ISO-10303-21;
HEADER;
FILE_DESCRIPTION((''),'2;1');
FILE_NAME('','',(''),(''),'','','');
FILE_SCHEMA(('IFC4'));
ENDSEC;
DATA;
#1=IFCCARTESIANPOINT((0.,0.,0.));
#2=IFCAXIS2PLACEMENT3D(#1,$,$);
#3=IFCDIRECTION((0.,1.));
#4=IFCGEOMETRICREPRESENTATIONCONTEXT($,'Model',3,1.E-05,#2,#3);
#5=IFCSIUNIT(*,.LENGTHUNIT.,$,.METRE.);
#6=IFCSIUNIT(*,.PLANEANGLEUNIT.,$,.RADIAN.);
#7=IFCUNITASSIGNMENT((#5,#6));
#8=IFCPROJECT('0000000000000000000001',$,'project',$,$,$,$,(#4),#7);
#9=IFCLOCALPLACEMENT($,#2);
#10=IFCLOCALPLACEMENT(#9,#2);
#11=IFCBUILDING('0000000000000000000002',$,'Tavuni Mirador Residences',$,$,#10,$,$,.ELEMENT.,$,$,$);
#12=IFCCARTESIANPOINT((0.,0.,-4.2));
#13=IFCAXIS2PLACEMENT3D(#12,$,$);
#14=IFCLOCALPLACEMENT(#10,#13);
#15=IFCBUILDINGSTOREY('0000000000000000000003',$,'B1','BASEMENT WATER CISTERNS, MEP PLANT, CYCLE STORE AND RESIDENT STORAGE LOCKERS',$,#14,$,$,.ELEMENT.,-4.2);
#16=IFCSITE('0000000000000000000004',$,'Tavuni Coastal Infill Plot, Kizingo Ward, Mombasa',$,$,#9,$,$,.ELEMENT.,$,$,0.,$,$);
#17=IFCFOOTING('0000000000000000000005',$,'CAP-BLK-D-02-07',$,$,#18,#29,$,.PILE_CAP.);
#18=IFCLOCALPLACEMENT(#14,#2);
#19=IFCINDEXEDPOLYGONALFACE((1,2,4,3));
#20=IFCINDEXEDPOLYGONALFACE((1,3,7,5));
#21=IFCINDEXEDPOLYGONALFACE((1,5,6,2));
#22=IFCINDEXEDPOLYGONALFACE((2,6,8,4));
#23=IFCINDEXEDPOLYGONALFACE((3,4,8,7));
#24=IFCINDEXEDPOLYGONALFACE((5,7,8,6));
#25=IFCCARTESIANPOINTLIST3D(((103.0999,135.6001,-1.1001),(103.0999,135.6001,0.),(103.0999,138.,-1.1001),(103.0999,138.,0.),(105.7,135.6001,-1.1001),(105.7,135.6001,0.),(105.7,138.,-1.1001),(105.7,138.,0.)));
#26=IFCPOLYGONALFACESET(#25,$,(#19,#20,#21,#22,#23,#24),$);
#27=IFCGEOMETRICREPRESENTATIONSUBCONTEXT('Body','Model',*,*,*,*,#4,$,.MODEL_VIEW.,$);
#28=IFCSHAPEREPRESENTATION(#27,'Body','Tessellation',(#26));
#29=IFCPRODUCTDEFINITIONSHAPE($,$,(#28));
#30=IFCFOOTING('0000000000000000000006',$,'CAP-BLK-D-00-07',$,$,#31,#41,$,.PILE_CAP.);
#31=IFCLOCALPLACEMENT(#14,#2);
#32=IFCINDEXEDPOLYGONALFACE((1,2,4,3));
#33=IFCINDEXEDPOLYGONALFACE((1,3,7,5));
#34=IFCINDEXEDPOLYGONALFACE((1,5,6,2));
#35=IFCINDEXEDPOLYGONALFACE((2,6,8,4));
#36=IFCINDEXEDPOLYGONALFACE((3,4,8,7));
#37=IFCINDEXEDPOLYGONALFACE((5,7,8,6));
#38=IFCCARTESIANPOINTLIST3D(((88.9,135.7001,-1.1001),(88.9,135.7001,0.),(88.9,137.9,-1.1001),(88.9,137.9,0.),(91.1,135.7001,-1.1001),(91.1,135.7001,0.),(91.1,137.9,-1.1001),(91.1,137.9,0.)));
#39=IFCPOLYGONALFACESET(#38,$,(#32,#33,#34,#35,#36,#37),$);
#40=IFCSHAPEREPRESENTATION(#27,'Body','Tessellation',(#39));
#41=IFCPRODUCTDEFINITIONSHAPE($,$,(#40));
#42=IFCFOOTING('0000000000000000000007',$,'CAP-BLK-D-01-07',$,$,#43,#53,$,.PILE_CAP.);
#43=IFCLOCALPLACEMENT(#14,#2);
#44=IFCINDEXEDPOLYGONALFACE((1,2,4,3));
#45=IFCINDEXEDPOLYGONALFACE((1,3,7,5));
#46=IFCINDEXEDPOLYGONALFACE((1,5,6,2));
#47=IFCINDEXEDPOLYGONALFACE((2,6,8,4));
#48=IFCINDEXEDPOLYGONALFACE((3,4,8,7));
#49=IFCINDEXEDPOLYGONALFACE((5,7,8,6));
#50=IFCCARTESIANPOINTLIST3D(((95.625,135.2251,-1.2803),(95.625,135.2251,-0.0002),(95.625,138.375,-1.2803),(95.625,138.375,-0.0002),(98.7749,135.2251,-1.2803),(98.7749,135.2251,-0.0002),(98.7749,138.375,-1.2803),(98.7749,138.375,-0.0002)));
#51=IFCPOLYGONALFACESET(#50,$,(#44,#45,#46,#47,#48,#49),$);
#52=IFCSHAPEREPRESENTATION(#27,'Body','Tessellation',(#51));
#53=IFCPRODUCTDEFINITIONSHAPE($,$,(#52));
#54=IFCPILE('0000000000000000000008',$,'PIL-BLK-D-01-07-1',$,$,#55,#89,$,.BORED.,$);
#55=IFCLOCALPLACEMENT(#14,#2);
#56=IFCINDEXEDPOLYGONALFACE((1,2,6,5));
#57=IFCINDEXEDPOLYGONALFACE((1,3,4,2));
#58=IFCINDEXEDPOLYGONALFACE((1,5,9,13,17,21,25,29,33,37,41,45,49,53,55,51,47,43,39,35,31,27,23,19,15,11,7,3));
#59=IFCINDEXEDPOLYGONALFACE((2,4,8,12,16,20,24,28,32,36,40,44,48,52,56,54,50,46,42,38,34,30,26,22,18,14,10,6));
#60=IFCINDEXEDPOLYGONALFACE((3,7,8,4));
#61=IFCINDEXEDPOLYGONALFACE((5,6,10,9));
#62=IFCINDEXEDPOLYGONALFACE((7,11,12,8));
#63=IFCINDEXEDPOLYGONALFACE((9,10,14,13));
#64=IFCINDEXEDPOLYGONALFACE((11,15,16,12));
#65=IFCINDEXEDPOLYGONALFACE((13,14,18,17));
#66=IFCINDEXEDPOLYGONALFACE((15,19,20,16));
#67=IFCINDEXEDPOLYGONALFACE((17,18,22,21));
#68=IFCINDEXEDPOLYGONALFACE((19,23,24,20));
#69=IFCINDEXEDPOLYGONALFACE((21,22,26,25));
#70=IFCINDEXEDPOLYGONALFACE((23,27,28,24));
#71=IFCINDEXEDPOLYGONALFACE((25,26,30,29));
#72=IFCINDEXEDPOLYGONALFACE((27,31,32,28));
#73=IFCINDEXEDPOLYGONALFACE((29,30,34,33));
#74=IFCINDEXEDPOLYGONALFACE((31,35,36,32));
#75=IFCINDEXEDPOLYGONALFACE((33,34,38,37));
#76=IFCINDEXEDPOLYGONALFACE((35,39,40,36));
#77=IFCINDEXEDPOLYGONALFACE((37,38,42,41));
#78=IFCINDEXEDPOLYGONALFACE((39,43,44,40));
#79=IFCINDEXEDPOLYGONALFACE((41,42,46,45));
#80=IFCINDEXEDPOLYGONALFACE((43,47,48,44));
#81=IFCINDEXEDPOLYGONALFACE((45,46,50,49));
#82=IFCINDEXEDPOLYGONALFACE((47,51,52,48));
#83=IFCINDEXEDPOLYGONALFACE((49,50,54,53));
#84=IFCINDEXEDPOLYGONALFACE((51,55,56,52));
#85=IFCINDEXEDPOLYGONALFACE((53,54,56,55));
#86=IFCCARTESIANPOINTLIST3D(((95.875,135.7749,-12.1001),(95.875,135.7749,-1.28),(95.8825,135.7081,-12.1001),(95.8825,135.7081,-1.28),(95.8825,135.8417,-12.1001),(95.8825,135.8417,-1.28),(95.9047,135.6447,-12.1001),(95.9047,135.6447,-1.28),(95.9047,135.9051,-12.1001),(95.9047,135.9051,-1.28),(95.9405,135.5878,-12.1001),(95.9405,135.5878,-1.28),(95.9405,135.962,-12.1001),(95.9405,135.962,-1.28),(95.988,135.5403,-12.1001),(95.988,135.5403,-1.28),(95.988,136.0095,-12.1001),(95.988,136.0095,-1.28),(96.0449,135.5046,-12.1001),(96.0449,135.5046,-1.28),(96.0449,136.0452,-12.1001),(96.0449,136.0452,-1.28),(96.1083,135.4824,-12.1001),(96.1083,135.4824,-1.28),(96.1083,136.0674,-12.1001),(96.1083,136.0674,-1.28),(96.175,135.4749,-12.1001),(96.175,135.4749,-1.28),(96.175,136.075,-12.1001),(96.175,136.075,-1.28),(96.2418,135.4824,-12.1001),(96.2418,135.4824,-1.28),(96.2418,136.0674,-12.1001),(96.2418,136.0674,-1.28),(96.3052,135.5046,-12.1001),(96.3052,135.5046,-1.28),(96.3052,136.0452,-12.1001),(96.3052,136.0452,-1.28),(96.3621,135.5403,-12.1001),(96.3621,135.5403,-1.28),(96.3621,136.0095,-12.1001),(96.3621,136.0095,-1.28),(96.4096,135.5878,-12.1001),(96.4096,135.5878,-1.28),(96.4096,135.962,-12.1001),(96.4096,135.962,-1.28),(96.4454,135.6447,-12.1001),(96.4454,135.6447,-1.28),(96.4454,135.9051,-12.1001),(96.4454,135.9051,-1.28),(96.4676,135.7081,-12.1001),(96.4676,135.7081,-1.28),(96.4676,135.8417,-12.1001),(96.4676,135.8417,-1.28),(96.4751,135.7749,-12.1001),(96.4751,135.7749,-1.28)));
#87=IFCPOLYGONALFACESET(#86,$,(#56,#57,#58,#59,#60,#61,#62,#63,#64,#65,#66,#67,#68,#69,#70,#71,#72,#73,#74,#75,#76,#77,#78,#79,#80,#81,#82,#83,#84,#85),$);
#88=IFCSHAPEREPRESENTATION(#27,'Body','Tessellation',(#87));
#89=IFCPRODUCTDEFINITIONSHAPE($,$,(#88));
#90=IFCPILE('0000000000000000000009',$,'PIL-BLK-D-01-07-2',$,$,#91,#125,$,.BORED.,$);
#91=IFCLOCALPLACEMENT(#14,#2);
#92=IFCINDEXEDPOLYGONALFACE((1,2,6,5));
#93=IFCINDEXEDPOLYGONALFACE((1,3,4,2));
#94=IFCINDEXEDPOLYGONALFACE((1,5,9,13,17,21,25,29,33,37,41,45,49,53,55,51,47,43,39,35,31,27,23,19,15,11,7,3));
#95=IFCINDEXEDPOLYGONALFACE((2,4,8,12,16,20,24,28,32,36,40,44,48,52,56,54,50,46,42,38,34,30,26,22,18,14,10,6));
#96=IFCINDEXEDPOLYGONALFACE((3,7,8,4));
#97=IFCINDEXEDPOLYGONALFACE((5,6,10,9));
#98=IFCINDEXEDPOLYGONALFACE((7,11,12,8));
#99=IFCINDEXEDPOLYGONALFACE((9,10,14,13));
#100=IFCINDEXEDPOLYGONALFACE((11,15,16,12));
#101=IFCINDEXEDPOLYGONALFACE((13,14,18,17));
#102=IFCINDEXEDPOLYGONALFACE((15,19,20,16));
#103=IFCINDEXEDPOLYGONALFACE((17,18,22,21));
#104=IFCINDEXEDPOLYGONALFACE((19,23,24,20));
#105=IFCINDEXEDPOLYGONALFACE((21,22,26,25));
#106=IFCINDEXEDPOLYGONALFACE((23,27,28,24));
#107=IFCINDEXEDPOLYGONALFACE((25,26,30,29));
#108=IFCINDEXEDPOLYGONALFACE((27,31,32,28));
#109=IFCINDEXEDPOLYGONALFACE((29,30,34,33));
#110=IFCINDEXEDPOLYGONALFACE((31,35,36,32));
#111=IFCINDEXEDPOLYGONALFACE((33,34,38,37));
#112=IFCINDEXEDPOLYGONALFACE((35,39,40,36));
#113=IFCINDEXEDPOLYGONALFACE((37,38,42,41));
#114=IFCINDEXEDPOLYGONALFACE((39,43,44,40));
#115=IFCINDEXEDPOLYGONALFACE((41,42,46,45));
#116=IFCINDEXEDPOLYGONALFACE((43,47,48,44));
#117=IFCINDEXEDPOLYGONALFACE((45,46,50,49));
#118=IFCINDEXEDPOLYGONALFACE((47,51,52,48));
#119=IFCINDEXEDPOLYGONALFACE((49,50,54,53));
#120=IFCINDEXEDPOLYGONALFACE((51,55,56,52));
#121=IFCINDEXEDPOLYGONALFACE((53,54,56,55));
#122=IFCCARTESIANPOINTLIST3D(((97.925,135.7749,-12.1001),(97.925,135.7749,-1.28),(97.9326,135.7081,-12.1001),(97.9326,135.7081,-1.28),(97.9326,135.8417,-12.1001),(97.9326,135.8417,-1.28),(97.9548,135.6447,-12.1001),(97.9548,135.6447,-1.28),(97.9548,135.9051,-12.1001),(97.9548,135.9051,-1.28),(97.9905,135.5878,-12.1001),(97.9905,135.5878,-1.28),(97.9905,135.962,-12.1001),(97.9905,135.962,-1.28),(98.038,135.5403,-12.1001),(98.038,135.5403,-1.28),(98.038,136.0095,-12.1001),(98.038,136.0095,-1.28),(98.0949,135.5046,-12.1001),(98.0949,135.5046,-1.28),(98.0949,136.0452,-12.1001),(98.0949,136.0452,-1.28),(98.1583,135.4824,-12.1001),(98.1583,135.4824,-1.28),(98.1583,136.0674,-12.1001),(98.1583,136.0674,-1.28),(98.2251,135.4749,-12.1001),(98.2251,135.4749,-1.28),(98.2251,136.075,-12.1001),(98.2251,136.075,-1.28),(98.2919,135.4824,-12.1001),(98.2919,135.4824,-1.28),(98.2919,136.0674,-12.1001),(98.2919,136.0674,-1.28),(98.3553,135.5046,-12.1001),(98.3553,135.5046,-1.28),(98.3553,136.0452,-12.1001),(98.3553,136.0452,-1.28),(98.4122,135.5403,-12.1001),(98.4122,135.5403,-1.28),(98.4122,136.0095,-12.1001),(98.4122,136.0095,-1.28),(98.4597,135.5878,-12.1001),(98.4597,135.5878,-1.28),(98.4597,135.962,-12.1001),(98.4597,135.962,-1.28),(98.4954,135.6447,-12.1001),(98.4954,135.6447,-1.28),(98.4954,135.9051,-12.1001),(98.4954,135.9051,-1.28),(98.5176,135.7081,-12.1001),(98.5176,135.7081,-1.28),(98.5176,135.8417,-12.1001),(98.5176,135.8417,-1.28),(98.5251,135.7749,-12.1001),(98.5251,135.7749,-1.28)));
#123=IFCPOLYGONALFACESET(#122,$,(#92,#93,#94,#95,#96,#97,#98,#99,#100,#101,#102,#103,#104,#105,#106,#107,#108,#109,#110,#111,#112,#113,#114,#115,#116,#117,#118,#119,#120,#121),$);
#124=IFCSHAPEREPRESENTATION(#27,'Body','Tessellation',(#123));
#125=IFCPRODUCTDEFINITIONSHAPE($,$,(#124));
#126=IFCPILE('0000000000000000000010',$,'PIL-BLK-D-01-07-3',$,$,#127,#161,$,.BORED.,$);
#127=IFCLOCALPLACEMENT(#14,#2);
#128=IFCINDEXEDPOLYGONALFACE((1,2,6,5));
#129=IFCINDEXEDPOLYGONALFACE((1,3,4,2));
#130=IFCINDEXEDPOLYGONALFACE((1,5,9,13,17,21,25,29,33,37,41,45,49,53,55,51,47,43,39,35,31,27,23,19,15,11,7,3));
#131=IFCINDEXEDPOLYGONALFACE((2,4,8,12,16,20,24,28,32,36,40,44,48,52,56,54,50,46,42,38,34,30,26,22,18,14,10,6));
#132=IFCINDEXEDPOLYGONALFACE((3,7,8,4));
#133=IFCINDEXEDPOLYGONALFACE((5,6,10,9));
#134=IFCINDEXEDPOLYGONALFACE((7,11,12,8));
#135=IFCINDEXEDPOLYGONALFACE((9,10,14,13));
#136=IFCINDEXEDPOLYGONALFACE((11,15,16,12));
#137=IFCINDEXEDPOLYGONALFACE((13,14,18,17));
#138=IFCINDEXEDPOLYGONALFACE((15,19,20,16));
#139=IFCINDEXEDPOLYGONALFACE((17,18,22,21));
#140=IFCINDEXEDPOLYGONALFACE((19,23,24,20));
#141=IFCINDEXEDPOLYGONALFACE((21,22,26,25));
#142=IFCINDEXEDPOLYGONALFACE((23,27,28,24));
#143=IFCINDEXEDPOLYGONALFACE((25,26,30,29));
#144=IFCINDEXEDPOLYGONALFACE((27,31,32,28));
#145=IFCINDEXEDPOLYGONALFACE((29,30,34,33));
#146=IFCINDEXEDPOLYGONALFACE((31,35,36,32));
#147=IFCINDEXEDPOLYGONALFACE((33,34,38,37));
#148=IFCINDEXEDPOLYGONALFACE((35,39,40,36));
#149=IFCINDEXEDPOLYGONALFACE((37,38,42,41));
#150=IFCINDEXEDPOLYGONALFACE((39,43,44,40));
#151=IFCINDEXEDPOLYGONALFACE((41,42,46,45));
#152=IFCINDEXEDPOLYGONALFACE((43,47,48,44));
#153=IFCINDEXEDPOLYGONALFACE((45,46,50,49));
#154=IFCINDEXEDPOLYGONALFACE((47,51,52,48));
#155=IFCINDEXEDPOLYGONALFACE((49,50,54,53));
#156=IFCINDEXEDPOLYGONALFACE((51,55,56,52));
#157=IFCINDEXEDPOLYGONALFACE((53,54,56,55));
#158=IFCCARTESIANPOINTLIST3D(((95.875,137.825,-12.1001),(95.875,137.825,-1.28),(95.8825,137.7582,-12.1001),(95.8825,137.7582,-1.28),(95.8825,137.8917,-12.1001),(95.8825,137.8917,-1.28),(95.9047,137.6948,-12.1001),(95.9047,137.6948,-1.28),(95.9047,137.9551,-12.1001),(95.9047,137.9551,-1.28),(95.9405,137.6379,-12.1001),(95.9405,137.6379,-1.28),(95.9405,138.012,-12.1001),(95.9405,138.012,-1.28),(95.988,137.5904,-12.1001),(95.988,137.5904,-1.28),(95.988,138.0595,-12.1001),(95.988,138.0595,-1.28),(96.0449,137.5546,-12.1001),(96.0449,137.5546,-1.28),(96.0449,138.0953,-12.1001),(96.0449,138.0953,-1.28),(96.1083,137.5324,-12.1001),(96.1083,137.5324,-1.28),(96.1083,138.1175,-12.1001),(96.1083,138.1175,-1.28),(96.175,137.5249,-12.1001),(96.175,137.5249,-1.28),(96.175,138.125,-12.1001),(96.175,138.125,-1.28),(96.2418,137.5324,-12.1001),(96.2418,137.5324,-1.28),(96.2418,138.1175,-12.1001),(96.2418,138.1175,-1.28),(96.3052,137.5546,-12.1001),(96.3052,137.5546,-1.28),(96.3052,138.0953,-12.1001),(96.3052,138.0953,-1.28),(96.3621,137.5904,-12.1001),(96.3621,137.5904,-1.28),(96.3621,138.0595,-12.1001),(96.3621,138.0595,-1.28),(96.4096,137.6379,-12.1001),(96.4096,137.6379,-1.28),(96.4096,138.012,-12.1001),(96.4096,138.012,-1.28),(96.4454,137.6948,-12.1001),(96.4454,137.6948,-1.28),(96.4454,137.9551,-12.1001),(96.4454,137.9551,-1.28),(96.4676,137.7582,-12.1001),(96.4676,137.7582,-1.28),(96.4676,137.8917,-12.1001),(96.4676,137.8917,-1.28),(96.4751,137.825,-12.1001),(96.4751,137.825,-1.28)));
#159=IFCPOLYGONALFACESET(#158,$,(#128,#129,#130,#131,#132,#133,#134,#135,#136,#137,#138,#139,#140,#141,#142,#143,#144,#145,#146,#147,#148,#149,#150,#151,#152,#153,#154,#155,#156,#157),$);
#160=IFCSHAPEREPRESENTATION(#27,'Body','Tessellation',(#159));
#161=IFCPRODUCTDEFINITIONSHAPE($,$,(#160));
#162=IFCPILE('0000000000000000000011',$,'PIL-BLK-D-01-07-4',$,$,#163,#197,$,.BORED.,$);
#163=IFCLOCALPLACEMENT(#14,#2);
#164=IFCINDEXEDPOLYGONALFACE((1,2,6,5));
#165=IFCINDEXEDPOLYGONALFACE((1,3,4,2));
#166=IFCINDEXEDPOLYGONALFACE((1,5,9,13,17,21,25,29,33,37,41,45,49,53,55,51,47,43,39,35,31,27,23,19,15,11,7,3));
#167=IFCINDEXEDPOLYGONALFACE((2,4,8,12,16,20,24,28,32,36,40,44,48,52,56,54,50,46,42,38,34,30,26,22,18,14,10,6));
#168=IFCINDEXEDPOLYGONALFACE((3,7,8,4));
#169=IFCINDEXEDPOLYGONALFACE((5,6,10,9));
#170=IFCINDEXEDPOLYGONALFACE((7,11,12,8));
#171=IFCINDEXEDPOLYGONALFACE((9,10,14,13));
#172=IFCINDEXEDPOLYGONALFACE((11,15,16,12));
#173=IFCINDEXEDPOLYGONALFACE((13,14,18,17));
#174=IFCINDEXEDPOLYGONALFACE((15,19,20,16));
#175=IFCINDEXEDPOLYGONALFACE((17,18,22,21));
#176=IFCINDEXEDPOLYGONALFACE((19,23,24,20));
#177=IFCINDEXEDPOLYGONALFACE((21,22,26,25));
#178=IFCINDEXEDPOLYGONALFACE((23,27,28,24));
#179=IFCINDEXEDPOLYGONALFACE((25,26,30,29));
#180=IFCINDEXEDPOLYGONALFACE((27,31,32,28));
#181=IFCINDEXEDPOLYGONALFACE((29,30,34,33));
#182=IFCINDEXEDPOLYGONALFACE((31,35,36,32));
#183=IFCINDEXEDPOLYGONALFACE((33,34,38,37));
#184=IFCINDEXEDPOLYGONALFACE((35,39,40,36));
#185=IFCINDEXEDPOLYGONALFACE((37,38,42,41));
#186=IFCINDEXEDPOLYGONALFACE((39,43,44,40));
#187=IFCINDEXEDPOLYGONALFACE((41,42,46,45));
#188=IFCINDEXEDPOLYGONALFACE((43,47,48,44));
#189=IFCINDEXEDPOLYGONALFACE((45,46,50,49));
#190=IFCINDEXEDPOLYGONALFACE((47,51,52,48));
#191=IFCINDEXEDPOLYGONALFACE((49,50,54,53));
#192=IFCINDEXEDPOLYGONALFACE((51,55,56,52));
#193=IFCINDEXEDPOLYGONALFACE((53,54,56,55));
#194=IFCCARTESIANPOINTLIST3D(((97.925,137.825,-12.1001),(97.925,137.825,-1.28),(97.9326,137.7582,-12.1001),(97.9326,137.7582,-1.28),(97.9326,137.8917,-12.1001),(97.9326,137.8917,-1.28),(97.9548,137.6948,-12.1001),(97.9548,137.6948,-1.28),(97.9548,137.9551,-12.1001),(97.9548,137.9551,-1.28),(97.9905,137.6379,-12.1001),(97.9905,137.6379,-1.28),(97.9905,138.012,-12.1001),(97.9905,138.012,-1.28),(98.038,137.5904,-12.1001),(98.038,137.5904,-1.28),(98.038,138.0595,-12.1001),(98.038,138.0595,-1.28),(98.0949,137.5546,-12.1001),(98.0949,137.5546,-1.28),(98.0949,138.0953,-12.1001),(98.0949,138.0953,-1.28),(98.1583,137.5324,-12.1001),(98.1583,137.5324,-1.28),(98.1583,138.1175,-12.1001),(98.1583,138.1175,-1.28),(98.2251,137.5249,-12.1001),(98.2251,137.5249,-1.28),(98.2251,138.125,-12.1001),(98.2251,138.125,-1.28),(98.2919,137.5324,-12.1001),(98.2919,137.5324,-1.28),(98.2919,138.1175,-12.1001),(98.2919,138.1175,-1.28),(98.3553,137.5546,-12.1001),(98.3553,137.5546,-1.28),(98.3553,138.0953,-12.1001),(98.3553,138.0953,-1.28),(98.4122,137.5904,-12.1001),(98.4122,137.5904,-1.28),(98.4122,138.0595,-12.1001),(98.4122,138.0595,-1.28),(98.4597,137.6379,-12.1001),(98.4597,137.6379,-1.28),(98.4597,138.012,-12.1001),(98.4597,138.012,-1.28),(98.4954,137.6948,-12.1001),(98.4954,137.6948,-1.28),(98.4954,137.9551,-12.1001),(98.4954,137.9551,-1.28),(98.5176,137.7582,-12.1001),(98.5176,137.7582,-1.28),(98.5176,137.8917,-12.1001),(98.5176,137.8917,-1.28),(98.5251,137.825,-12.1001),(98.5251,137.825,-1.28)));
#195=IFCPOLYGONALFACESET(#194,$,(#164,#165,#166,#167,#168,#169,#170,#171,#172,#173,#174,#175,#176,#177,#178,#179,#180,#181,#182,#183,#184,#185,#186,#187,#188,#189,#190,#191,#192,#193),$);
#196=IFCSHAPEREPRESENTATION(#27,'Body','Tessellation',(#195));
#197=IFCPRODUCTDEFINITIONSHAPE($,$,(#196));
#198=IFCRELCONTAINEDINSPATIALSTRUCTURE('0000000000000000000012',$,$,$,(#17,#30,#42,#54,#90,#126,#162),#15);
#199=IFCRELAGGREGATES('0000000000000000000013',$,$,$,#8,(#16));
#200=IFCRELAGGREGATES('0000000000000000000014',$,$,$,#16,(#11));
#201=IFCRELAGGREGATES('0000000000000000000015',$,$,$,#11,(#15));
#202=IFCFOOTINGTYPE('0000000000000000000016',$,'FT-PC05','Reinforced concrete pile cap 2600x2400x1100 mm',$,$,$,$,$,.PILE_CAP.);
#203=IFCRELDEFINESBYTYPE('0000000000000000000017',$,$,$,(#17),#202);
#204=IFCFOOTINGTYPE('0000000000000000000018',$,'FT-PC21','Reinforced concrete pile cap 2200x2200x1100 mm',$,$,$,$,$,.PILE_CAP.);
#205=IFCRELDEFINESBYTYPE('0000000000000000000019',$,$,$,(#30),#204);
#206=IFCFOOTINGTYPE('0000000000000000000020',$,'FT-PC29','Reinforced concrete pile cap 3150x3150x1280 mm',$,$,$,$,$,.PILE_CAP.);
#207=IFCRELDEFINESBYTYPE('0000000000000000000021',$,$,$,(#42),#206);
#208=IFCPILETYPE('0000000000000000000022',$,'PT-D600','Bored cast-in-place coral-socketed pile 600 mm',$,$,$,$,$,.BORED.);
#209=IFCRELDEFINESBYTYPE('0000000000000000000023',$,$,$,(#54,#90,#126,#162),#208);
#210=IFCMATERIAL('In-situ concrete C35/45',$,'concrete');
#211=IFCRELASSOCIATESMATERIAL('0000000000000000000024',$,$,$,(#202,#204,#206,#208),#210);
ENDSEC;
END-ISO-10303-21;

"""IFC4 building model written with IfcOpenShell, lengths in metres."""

from ifc_helpers import new_model, si_unit, direction, frame, origin, origin_2d, place, context, subcontext, project, spatial, rectangle, circle, extrude, material, material_profile, profile_set, type_object, element, save


model = new_model("IFC4")

# Units and contexts
model_context = context("Model", 3, precision=1e-05, world=origin(), true_north=direction((0.0, 1.0)))
body_context = subcontext(model_context, "Body", "Model", "MODEL_VIEW")
ifc_project = project(units=[si_unit("LENGTHUNIT", "METRE"), si_unit("PLANEANGLEUNIT", "RADIAN")], contexts=[model_context])

# Site, building, storey
site_placement = place(None, origin())
site = spatial("IfcSite", under=ifc_project, at=site_placement, Name="Tavuni Coastal Infill Plot, Kizingo Ward, Mombasa", CompositionType="ELEMENT", RefElevation=0.0)
building_placement = place(site_placement, origin())
building = spatial("IfcBuilding", under=site, at=building_placement, Name="Tavuni Mirador Residences", CompositionType="ELEMENT")
storey_placement = place(building_placement, frame((0.0, 0.0, -4.2)))
storey = spatial("IfcBuildingStorey", under=building, at=storey_placement, Name="B1", Description="BASEMENT WATER CISTERNS, MEP PLANT, CYCLE STORE AND RESIDENT STORAGE LOCKERS", CompositionType="ELEMENT", Elevation=-4.2)

# Footings
ifc_material_1 = material(Name="In-situ concrete C35/45", Category="concrete")
footing_type_1 = type_object("IfcFootingType", Name="FT-PC05", Description="Reinforced concrete pile cap 2600x2400x1100 mm", PredefinedType="PILE_CAP", material=ifc_material_1)
footing_1_placement = place(storey_placement, frame((104.3999, 136.8, -1.1001), z_axis=(0.0, 0.0, 1.0), x_axis=(1.0, 0.0, 0.0)))
element("IfcFooting", 1, at=footing_1_placement, inside=storey, type_object=footing_type_1, Name="CAP-BLK-D-02-07", PredefinedType="PILE_CAP", context=body_context, shape_type="SweptSolid", body=[
    extrude(rectangle(XDim=2.6001, YDim=2.3999, at=origin_2d()), origin(), (0.0, 0.0, 1.0), 1.1001),
])
footing_type_2 = type_object("IfcFootingType", Name="FT-PC21", Description="Reinforced concrete pile cap 2200x2200x1100 mm", PredefinedType="PILE_CAP", material=ifc_material_1)
footing_2_placement = place(storey_placement, frame((90.0, 136.8, -1.1001), z_axis=(0.0, 0.0, 1.0), x_axis=(1.0, 0.0, 0.0)))
element("IfcFooting", 2, at=footing_2_placement, inside=storey, type_object=footing_type_2, Name="CAP-BLK-D-00-07", PredefinedType="PILE_CAP", context=body_context, shape_type="SweptSolid", body=[
    extrude(rectangle(XDim=2.2, YDim=2.2, at=origin_2d()), origin(), (0.0, 0.0, 1.0), 1.1001),
])
footing_type_3 = type_object("IfcFootingType", Name="FT-PC29", Description="Reinforced concrete pile cap 3150x3150x1280 mm", PredefinedType="PILE_CAP", material=ifc_material_1)
footing_3_placement = place(storey_placement, frame((97.2, 136.8, -1.2803), z_axis=(0.0, 0.0, 1.0), x_axis=(1.0, 0.0, 0.0)))
element("IfcFooting", 3, at=footing_3_placement, inside=storey, type_object=footing_type_3, Name="CAP-BLK-D-01-07", PredefinedType="PILE_CAP", context=body_context, shape_type="SweptSolid", body=[
    extrude(rectangle(XDim=3.1499, YDim=3.1499, at=origin_2d()), origin(), (0.0, 0.0, 1.0), 1.28),
])

# Piles
ifc_material_profile_1 = material_profile(ifc_material_1, circle(Radius=0.3, at=origin_2d()), Name="PILE D600", Category="concrete")
ifc_profile_set_1 = profile_set([ifc_material_profile_1], Name="In-situ concrete C35/45")
pile_type_1 = type_object("IfcPileType", Name="PT-D600", Description="Bored cast-in-place coral-socketed pile 600 mm", PredefinedType="BORED", material=ifc_profile_set_1)
for number, where, z_axis, x_axis, name in (
    (4, (96.175, 135.7749, -1.28), (0.0, 0.0, -1.0), (1.0, 0.0, 0.0), "PIL-BLK-D-01-07-1"),
    (5, (98.2251, 135.7749, -1.28), (0.0, 0.0, -1.0), (1.0, 0.0, 0.0), "PIL-BLK-D-01-07-2"),
    (6, (96.175, 137.825, -1.28), (0.0, 0.0, -1.0), (1.0, 0.0, 0.0), "PIL-BLK-D-01-07-3"),
    (7, (98.2251, 137.825, -1.28), (0.0, 0.0, -1.0), (1.0, 0.0, 0.0), "PIL-BLK-D-01-07-4"),
):
    element("IfcPile", number, at=place(storey_placement, frame(where, z_axis=z_axis, x_axis=x_axis)), inside=storey, type_object=pile_type_1, Name=name, PredefinedType="BORED", context=body_context, shape_type="SweptSolid", body=[
        extrude(circle(Radius=0.3, at=origin_2d()), origin(), (0.0, 0.0, 1.0), 10.8201),
    ])

save(model, "model.ifc")
